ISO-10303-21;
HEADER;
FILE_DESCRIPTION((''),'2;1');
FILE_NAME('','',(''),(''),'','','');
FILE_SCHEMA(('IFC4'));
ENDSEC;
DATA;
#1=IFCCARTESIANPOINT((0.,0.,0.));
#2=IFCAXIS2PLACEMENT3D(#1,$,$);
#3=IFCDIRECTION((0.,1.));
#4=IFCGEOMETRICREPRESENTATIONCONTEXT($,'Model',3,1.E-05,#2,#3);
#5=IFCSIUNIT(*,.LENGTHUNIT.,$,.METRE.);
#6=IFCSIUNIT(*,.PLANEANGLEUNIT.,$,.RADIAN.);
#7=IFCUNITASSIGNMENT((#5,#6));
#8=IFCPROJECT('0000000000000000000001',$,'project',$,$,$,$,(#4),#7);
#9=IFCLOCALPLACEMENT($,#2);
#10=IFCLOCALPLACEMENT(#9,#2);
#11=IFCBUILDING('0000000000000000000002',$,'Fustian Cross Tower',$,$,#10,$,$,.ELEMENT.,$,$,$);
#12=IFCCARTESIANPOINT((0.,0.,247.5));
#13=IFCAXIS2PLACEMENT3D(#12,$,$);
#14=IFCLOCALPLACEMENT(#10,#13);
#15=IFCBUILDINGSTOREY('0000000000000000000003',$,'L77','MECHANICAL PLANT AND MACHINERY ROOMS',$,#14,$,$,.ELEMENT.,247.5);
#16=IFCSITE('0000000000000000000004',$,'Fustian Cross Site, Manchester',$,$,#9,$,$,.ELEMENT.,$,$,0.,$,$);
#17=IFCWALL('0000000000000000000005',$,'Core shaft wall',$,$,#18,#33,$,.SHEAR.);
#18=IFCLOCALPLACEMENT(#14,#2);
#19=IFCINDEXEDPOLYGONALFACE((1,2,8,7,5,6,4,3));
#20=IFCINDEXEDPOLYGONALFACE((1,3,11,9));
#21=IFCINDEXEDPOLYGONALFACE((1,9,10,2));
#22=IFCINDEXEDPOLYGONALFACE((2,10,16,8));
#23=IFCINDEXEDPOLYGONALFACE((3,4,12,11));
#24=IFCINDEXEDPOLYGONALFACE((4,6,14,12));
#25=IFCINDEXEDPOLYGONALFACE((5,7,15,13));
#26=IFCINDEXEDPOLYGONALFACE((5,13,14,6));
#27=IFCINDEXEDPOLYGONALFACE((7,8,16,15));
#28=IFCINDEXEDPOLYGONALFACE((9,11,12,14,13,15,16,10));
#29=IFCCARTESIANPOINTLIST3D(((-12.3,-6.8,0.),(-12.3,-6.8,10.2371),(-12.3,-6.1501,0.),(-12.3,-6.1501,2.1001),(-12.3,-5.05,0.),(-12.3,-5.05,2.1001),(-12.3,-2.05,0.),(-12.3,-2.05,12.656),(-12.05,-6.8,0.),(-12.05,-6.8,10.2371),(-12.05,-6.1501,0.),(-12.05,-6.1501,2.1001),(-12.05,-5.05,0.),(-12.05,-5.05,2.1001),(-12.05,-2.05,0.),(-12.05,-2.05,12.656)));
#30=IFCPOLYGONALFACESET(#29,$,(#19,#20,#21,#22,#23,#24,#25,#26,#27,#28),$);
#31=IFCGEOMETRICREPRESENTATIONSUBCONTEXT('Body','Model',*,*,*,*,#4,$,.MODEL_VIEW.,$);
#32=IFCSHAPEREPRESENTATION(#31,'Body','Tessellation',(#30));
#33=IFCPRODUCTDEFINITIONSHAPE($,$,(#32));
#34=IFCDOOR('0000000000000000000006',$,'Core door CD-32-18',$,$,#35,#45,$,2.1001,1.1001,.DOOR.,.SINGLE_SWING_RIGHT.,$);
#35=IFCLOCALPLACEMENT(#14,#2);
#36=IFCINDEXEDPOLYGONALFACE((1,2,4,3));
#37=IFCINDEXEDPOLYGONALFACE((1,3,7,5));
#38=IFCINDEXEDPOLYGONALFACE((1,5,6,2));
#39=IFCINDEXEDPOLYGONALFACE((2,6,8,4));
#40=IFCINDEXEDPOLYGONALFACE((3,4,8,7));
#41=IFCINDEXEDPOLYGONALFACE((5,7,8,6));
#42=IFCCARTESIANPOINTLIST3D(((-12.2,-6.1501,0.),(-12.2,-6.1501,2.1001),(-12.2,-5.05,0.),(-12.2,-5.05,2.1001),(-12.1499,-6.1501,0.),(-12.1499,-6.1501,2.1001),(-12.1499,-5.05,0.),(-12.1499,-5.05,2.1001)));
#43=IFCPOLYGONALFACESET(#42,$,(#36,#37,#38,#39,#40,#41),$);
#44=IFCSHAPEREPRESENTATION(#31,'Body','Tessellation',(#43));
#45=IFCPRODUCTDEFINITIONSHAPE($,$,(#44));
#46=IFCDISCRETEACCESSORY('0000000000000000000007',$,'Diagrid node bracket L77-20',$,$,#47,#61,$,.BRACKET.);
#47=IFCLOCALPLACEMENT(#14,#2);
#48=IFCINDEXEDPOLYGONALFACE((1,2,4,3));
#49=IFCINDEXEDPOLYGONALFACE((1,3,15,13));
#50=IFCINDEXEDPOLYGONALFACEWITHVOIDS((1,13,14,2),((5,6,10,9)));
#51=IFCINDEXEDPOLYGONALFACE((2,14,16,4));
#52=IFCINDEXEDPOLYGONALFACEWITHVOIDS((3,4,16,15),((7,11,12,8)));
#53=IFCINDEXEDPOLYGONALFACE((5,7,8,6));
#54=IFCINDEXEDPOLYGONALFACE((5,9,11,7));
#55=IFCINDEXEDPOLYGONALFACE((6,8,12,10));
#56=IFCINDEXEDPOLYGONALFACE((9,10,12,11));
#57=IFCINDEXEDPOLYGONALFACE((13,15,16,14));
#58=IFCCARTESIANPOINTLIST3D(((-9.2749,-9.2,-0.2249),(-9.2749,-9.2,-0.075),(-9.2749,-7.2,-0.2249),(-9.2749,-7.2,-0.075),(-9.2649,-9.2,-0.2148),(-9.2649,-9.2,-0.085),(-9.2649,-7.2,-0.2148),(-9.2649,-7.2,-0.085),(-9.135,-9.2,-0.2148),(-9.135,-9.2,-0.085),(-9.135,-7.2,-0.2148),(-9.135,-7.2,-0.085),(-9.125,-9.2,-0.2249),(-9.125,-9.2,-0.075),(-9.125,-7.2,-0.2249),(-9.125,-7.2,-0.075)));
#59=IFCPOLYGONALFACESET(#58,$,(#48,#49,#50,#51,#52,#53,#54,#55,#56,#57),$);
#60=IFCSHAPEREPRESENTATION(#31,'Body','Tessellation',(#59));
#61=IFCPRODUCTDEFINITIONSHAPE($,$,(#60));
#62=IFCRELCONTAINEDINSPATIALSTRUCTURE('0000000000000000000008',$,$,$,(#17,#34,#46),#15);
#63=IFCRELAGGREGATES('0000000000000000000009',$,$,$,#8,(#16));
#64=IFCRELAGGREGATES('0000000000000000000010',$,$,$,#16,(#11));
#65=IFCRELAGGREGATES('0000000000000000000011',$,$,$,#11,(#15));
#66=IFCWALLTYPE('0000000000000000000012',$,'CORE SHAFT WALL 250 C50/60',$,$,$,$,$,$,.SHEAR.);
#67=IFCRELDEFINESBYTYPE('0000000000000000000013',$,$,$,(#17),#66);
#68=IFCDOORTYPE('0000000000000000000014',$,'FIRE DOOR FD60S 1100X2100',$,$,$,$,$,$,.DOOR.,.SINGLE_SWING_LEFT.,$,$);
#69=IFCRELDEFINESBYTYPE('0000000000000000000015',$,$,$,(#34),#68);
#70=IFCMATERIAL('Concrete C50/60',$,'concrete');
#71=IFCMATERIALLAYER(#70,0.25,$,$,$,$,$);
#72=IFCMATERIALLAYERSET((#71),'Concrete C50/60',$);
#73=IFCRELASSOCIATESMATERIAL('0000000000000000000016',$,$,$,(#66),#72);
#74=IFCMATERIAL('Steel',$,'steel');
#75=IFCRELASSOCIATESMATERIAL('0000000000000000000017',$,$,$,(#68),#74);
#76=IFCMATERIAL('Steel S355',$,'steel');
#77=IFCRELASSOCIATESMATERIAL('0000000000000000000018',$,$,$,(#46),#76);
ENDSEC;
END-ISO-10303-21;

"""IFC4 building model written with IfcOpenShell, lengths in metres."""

from ifc_helpers import new_model, si_unit, direction, frame, frame_2d, origin, origin_2d, place, context, subcontext, project, spatial, polyline, rectangle, hollow_rectangle, outline, extrude, material, layer, layer_set, type_object, element, fill, save


model = new_model("IFC4")

# Units and contexts
model_context = context("Model", 3, precision=1e-05, world=origin(), true_north=direction((0.0, 1.0)))
body_context = subcontext(model_context, "Body", "Model", "MODEL_VIEW")
ifc_project = project(units=[si_unit("LENGTHUNIT", "METRE"), si_unit("PLANEANGLEUNIT", "RADIAN")], contexts=[model_context])

# Site, building, storey
site_placement = place(None, origin())
site = spatial("IfcSite", under=ifc_project, at=site_placement, Name="Fustian Cross Site, Manchester", CompositionType="ELEMENT", RefElevation=0.0)
building_placement = place(site_placement, origin())
building = spatial("IfcBuilding", under=site, at=building_placement, Name="Fustian Cross Tower", CompositionType="ELEMENT")
storey_placement = place(building_placement, frame((0.0, 0.0, 247.5)))
storey = spatial("IfcBuildingStorey", under=building, at=storey_placement, Name="L77", Description="MECHANICAL PLANT AND MACHINERY ROOMS", CompositionType="ELEMENT", Elevation=247.5)

# Shared definitions
ifc_material_1 = material(Name="Concrete C50/60", Category="concrete")
ifc_layer_1 = layer(ifc_material_1, 0.25)
ifc_layer_set_1 = layer_set([ifc_layer_1], Name="Concrete C50/60")
wall_type_1 = type_object("IfcWallType", Name="CORE SHAFT WALL 250 C50/60", PredefinedType="SHEAR", material=ifc_layer_set_1)

# Wall, opening, door
wall_1_placement = place(storey_placement, frame((-12.175, -2.05, 0.0), z_axis=(0.0, 0.0, 1.0), x_axis=(0.0, -1.0, 0.0)))
wall_1 = element("IfcWall", 1, at=wall_1_placement, inside=storey, type_object=wall_type_1, Name="Core shaft wall", PredefinedType="SHEAR", context=body_context, shape_type="SweptSolid", body=[
    extrude(outline(polyline([(0.0, 0.0), (4.75, 0.0), (4.75, 10.2371), (0.0, 12.656), (0.0, 0.0)])), frame((0.0, 0.125, 0.0), z_axis=(0.0, -1.0, 0.0), x_axis=(1.0, 0.0, 0.0)), (0.0, 0.0, 1.0), 0.25),
])
opening_1_placement = place(wall_1_placement, frame((3.0, 0.0, 0.0)))
opening_1 = element("IfcOpeningElement", 2, at=opening_1_placement, cuts=wall_1, PredefinedType="OPENING", context=body_context, shape_type="SweptSolid", body=[
    extrude(rectangle(XDim=1.1001, YDim=2.1001, at=frame_2d((0.55, 1.05))), frame((0.0, 0.135, 0.0), z_axis=(0.0, -1.0, 0.0), x_axis=(1.0, 0.0, 0.0)), (0.0, 0.0, 1.0), 0.27),
])
ifc_material_2 = material(Name="Steel", Category="steel")
door_type_1 = type_object("IfcDoorType", Name="FIRE DOOR FD60S 1100X2100", OperationType="SINGLE_SWING_LEFT", PredefinedType="DOOR", material=ifc_material_2)
door_1_placement = place(opening_1_placement, frame((1.1001, 0.0, 0.0), z_axis=(0.0, 0.0, 1.0), x_axis=(-1.0, 0.0, 0.0)))
door_1 = element("IfcDoor", 3, at=door_1_placement, inside=storey, type_object=door_type_1, Name="Core door CD-32-18", OperationType="SINGLE_SWING_RIGHT", OverallHeight=2.1001, OverallWidth=1.1001, PredefinedType="DOOR", context=body_context, shape_type="SweptSolid", body=[
    extrude(rectangle(XDim=1.1001, YDim=2.1001, at=frame_2d((0.55, 1.05))), frame((0.0, 0.0249, 0.0), z_axis=(0.0, -1.0, 0.0), x_axis=(1.0, 0.0, 0.0)), (0.0, 0.0, 1.0), 0.05),
])
fill(opening_1, door_1)

# Discrete accessory
ifc_material_3 = material(Name="Steel S355", Category="steel")
discrete_accessory_placement = place(storey_placement, frame((-9.2, -9.2, -0.1499), z_axis=(0.0, 1.0, 0.0), x_axis=(-1.0, 0.0, 0.0)))
element("IfcDiscreteAccessory", 4, at=discrete_accessory_placement, inside=storey, material=ifc_material_3, Name="Diagrid node bracket L77-20", PredefinedType="BRACKET", context=body_context, shape_type="SweptSolid", body=[
    extrude(hollow_rectangle(XDim=0.1499, YDim=0.1499, WallThickness=0.01, at=origin_2d()), origin(), (0.0, 0.0, 1.0), 2.0),
])

save(model, "model.ifc")
